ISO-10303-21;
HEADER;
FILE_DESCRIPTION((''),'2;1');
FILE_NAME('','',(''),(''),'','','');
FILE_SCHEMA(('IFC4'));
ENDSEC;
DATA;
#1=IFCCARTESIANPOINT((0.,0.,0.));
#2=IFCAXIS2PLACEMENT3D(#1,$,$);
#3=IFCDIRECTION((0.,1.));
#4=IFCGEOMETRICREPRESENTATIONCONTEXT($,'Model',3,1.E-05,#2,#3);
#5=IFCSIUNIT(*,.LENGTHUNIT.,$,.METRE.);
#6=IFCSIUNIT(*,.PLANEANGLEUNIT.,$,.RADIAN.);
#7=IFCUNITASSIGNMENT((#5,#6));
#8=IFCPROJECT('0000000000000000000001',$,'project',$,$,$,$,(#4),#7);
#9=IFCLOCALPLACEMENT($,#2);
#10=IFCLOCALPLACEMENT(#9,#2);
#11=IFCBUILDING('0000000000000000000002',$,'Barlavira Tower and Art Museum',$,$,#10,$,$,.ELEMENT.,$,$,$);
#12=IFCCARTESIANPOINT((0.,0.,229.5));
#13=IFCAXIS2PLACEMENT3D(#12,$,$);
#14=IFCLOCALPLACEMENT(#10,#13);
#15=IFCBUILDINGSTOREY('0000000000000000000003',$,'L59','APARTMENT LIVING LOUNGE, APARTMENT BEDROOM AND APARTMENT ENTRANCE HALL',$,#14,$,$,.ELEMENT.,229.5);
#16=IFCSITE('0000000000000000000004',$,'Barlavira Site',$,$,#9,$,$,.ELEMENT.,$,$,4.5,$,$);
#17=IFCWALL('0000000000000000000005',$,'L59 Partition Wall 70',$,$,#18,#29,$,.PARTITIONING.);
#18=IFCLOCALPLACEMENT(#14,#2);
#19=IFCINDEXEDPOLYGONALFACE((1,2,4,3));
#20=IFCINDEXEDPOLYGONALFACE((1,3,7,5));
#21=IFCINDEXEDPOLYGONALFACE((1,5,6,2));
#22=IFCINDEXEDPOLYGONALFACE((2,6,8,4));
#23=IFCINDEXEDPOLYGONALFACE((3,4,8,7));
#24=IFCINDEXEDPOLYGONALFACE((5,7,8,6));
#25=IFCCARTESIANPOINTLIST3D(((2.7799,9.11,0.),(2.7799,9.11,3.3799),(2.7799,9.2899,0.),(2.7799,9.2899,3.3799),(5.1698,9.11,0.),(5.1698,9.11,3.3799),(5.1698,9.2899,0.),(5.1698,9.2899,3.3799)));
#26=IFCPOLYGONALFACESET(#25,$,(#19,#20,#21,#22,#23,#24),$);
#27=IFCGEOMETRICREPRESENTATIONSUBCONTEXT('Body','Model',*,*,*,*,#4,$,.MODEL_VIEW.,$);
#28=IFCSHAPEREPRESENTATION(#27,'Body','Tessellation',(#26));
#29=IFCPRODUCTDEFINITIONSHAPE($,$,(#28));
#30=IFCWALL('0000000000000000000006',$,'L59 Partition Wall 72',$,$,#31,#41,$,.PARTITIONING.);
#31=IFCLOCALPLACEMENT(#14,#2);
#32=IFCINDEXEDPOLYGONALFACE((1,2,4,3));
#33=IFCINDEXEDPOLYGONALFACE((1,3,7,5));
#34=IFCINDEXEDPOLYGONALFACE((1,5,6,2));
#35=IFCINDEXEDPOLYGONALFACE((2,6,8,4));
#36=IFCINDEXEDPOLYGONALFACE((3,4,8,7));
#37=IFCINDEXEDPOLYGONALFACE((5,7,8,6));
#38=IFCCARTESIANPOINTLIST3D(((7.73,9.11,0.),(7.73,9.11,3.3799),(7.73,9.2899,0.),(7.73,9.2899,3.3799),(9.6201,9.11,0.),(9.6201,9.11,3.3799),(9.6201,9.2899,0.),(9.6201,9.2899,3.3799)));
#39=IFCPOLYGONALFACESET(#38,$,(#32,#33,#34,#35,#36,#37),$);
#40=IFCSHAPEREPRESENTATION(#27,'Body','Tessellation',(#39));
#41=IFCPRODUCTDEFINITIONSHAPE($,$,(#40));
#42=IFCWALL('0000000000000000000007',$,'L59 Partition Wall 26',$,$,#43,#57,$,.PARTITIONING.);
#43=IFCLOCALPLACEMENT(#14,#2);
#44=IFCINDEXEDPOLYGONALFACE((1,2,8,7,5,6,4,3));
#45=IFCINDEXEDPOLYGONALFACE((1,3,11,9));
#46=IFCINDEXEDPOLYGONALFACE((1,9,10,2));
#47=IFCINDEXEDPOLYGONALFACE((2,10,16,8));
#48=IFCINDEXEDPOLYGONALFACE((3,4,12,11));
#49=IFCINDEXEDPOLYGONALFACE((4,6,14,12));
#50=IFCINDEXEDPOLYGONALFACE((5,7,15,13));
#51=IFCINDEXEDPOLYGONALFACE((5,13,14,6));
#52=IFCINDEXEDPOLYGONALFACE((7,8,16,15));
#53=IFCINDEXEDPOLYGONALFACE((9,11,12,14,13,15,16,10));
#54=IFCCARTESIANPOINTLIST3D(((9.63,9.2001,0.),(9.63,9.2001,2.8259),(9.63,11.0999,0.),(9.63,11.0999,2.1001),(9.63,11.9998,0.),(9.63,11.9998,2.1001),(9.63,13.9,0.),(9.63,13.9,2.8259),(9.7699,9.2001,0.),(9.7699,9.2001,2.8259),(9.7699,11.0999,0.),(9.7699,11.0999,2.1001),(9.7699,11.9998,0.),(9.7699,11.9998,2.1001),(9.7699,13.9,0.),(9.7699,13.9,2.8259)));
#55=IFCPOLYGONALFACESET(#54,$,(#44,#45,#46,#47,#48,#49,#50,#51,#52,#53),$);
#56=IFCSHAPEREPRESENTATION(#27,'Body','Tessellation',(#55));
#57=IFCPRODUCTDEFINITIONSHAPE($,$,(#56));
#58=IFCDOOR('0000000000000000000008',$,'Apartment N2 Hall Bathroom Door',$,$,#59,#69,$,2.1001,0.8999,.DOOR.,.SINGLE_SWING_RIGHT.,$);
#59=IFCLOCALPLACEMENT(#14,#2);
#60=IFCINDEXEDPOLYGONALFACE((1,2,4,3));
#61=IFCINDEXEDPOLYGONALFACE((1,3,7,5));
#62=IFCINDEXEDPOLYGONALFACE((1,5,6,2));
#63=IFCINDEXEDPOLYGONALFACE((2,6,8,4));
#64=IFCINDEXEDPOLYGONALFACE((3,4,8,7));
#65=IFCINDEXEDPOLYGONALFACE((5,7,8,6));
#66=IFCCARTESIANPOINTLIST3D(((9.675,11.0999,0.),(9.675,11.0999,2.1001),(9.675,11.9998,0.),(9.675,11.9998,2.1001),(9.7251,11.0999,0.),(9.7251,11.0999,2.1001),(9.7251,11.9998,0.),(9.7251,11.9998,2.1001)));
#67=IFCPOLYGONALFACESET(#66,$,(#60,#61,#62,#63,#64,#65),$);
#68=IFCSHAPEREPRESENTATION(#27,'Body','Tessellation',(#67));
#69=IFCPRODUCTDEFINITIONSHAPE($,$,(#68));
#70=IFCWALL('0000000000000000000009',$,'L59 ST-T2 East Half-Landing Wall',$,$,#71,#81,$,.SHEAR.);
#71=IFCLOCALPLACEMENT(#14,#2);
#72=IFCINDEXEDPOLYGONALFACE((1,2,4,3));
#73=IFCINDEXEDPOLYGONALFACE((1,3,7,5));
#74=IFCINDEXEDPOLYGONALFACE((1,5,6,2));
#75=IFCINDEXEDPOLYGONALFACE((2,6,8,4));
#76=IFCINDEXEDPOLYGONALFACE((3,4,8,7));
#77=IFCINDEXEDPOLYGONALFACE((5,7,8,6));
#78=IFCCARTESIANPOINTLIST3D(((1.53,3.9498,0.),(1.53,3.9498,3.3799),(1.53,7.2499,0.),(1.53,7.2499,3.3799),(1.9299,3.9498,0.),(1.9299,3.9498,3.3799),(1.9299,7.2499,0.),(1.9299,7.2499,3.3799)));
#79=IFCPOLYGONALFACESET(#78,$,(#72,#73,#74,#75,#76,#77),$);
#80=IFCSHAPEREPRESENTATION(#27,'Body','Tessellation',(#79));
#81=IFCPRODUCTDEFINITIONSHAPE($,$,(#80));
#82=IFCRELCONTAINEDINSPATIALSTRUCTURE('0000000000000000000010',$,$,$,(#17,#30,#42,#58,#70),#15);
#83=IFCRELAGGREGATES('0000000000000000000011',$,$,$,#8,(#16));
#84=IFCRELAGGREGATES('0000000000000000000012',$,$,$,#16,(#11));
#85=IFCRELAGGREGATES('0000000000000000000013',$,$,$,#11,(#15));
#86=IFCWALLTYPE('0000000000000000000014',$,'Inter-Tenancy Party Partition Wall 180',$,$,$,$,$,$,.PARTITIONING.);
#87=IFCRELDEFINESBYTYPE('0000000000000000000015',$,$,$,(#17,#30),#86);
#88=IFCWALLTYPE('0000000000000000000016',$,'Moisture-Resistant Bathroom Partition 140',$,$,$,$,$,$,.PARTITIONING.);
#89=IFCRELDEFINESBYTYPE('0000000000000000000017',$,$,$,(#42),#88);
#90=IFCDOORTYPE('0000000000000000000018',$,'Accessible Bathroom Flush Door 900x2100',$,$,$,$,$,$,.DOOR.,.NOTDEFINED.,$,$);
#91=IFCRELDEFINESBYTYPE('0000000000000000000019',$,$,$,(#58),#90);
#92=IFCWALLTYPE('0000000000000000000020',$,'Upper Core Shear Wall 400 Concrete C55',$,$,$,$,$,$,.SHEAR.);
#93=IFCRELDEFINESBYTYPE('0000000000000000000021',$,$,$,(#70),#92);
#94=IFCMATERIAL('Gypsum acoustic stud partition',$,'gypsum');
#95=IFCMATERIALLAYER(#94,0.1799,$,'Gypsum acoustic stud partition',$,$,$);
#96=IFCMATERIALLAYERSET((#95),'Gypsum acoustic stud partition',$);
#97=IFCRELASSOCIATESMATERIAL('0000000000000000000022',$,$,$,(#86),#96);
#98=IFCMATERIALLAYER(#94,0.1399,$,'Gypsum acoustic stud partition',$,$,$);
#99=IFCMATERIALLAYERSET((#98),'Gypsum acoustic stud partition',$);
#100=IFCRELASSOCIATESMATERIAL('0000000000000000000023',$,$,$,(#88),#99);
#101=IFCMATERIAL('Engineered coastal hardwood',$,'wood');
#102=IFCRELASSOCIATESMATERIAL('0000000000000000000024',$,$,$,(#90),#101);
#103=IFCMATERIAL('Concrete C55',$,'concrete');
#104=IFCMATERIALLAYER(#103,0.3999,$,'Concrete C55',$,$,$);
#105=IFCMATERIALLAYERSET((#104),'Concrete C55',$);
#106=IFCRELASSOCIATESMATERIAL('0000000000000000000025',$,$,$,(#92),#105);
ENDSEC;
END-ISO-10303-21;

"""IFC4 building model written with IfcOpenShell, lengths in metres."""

from ifc_helpers import new_model, si_unit, direction, frame, frame_2d, origin, place, context, subcontext, project, spatial, rectangle, extrude, material, layer, layer_set, type_object, element, fill, save


model = new_model("IFC4")

# Units and contexts
model_context = context("Model", 3, precision=1e-05, world=origin(), true_north=direction((0.0, 1.0)))
body_context = subcontext(model_context, "Body", "Model", "MODEL_VIEW")
ifc_project = project(units=[si_unit("LENGTHUNIT", "METRE"), si_unit("PLANEANGLEUNIT", "RADIAN")], contexts=[model_context])

# Site, building, storey
site_placement = place(None, origin())
site = spatial("IfcSite", under=ifc_project, at=site_placement, Name="Barlavira Site", CompositionType="ELEMENT", RefElevation=4.5)
building_placement = place(site_placement, origin())
building = spatial("IfcBuilding", under=site, at=building_placement, Name="Barlavira Tower and Art Museum", CompositionType="ELEMENT")
storey_placement = place(building_placement, frame((0.0, 0.0, 229.5)))
storey = spatial("IfcBuildingStorey", under=building, at=storey_placement, Name="L59", Description="APARTMENT LIVING LOUNGE, APARTMENT BEDROOM AND APARTMENT ENTRANCE HALL", CompositionType="ELEMENT", Elevation=229.5)

# Shared definitions
ifc_material_1 = material(Name="Gypsum acoustic stud partition", Category="gypsum")
ifc_material_2 = material(Name="Engineered coastal hardwood", Category="wood")

# Wall
ifc_layer_1 = layer(ifc_material_1, 0.1799, Name="Gypsum acoustic stud partition")
ifc_layer_set_1 = layer_set([ifc_layer_1], Name="Gypsum acoustic stud partition")
wall_type_1 = type_object("IfcWallType", Name="Inter-Tenancy Party Partition Wall 180", PredefinedType="PARTITIONING", material=ifc_layer_set_1)
wall_1_placement = place(storey_placement, frame((2.78, 9.2, 0.0), z_axis=(0.0, 0.0, 1.0), x_axis=(1.0, 0.0, 0.0)))
element("IfcWall", 1, at=wall_1_placement, inside=storey, type_object=wall_type_1, Name="L59 Partition Wall 70", PredefinedType="PARTITIONING", context=body_context, shape_type="SweptSolid", body=[
    extrude(rectangle(XDim=2.3899, YDim=0.1799, at=frame_2d((1.1948, 0.0))), origin(), (0.0, 0.0, 1.0), 3.3799),
])

# Wall
wall_2_placement = place(storey_placement, frame((7.73, 9.2, 0.0), z_axis=(0.0, 0.0, 1.0), x_axis=(1.0, 0.0, 0.0)))
element("IfcWall", 2, at=wall_2_placement, inside=storey, type_object=wall_type_1, Name="L59 Partition Wall 72", PredefinedType="PARTITIONING", context=body_context, shape_type="SweptSolid", body=[
    extrude(rectangle(XDim=1.8901, YDim=0.1799, at=frame_2d((0.9451, 0.0))), origin(), (0.0, 0.0, 1.0), 3.3799),
])

# Wall, opening, door
ifc_layer_2 = layer(ifc_material_1, 0.1399, Name="Gypsum acoustic stud partition")
ifc_layer_set_2 = layer_set([ifc_layer_2], Name="Gypsum acoustic stud partition")
wall_type_2 = type_object("IfcWallType", Name="Moisture-Resistant Bathroom Partition 140", PredefinedType="PARTITIONING", material=ifc_layer_set_2)
wall_3_placement = place(storey_placement, frame((9.7, 9.2, 0.0), z_axis=(0.0, 0.0, 1.0), x_axis=(0.0, 1.0, 0.0)))
wall_3 = element("IfcWall", 3, at=wall_3_placement, inside=storey, type_object=wall_type_2, Name="L59 Partition Wall 26", PredefinedType="PARTITIONING", context=body_context, shape_type="SweptSolid", body=[
    extrude(rectangle(XDim=4.7, YDim=0.1399, at=frame_2d((2.3501, 0.0))), origin(), (0.0, 0.0, 1.0), 2.8259),
])
opening_1_placement = place(wall_3_placement, frame((1.8999, 0.0, 0.0)))
opening_1 = element("IfcOpeningElement", 4, at=opening_1_placement, cuts=wall_3, PredefinedType="OPENING", context=body_context, shape_type="SweptSolid", body=[
    extrude(rectangle(XDim=0.8999, YDim=2.1001, at=frame_2d((0.45, 1.05))), frame((0.0, 0.0801, 0.0), z_axis=(0.0, -1.0, 0.0), x_axis=(1.0, 0.0, 0.0)), (0.0, 0.0, 1.0), 0.1599),
])
door_type_1 = type_object("IfcDoorType", Name="Accessible Bathroom Flush Door 900x2100", OperationType="NOTDEFINED", PredefinedType="DOOR", material=ifc_material_2)
door_1_placement = place(opening_1_placement, origin())
door_1 = element("IfcDoor", 5, at=door_1_placement, inside=storey, type_object=door_type_1, Name="Apartment N2 Hall Bathroom Door", OperationType="SINGLE_SWING_RIGHT", OverallHeight=2.1001, OverallWidth=0.8999, PredefinedType="DOOR", context=body_context, shape_type="SweptSolid", body=[
    extrude(rectangle(XDim=0.8999, YDim=2.1001, at=frame_2d((0.45, 1.05))), frame((0.0, 0.0249, 0.0), z_axis=(0.0, -1.0, 0.0), x_axis=(1.0, 0.0, 0.0)), (0.0, 0.0, 1.0), 0.05),
])
fill(opening_1, door_1)

# Wall
ifc_material_3 = material(Name="Concrete C55", Category="concrete")
ifc_layer_3 = layer(ifc_material_3, 0.3999, Name="Concrete C55")
ifc_layer_set_3 = layer_set([ifc_layer_3], Name="Concrete C55")
wall_type_3 = type_object("IfcWallType", Name="Upper Core Shear Wall 400 Concrete C55", PredefinedType="SHEAR", material=ifc_layer_set_3)
wall_4_placement = place(storey_placement, frame((1.73, 3.95, 0.0), z_axis=(0.0, 0.0, 1.0), x_axis=(0.0, 1.0, 0.0)))
element("IfcWall", 6, at=wall_4_placement, inside=storey, type_object=wall_type_3, Name="L59 ST-T2 East Half-Landing Wall", PredefinedType="SHEAR", context=body_context, shape_type="SweptSolid", body=[
    extrude(rectangle(XDim=3.3, YDim=0.3999, at=frame_2d((1.6499, 0.0))), origin(), (0.0, 0.0, 1.0), 3.3799),
])

save(model, "model.ifc")
